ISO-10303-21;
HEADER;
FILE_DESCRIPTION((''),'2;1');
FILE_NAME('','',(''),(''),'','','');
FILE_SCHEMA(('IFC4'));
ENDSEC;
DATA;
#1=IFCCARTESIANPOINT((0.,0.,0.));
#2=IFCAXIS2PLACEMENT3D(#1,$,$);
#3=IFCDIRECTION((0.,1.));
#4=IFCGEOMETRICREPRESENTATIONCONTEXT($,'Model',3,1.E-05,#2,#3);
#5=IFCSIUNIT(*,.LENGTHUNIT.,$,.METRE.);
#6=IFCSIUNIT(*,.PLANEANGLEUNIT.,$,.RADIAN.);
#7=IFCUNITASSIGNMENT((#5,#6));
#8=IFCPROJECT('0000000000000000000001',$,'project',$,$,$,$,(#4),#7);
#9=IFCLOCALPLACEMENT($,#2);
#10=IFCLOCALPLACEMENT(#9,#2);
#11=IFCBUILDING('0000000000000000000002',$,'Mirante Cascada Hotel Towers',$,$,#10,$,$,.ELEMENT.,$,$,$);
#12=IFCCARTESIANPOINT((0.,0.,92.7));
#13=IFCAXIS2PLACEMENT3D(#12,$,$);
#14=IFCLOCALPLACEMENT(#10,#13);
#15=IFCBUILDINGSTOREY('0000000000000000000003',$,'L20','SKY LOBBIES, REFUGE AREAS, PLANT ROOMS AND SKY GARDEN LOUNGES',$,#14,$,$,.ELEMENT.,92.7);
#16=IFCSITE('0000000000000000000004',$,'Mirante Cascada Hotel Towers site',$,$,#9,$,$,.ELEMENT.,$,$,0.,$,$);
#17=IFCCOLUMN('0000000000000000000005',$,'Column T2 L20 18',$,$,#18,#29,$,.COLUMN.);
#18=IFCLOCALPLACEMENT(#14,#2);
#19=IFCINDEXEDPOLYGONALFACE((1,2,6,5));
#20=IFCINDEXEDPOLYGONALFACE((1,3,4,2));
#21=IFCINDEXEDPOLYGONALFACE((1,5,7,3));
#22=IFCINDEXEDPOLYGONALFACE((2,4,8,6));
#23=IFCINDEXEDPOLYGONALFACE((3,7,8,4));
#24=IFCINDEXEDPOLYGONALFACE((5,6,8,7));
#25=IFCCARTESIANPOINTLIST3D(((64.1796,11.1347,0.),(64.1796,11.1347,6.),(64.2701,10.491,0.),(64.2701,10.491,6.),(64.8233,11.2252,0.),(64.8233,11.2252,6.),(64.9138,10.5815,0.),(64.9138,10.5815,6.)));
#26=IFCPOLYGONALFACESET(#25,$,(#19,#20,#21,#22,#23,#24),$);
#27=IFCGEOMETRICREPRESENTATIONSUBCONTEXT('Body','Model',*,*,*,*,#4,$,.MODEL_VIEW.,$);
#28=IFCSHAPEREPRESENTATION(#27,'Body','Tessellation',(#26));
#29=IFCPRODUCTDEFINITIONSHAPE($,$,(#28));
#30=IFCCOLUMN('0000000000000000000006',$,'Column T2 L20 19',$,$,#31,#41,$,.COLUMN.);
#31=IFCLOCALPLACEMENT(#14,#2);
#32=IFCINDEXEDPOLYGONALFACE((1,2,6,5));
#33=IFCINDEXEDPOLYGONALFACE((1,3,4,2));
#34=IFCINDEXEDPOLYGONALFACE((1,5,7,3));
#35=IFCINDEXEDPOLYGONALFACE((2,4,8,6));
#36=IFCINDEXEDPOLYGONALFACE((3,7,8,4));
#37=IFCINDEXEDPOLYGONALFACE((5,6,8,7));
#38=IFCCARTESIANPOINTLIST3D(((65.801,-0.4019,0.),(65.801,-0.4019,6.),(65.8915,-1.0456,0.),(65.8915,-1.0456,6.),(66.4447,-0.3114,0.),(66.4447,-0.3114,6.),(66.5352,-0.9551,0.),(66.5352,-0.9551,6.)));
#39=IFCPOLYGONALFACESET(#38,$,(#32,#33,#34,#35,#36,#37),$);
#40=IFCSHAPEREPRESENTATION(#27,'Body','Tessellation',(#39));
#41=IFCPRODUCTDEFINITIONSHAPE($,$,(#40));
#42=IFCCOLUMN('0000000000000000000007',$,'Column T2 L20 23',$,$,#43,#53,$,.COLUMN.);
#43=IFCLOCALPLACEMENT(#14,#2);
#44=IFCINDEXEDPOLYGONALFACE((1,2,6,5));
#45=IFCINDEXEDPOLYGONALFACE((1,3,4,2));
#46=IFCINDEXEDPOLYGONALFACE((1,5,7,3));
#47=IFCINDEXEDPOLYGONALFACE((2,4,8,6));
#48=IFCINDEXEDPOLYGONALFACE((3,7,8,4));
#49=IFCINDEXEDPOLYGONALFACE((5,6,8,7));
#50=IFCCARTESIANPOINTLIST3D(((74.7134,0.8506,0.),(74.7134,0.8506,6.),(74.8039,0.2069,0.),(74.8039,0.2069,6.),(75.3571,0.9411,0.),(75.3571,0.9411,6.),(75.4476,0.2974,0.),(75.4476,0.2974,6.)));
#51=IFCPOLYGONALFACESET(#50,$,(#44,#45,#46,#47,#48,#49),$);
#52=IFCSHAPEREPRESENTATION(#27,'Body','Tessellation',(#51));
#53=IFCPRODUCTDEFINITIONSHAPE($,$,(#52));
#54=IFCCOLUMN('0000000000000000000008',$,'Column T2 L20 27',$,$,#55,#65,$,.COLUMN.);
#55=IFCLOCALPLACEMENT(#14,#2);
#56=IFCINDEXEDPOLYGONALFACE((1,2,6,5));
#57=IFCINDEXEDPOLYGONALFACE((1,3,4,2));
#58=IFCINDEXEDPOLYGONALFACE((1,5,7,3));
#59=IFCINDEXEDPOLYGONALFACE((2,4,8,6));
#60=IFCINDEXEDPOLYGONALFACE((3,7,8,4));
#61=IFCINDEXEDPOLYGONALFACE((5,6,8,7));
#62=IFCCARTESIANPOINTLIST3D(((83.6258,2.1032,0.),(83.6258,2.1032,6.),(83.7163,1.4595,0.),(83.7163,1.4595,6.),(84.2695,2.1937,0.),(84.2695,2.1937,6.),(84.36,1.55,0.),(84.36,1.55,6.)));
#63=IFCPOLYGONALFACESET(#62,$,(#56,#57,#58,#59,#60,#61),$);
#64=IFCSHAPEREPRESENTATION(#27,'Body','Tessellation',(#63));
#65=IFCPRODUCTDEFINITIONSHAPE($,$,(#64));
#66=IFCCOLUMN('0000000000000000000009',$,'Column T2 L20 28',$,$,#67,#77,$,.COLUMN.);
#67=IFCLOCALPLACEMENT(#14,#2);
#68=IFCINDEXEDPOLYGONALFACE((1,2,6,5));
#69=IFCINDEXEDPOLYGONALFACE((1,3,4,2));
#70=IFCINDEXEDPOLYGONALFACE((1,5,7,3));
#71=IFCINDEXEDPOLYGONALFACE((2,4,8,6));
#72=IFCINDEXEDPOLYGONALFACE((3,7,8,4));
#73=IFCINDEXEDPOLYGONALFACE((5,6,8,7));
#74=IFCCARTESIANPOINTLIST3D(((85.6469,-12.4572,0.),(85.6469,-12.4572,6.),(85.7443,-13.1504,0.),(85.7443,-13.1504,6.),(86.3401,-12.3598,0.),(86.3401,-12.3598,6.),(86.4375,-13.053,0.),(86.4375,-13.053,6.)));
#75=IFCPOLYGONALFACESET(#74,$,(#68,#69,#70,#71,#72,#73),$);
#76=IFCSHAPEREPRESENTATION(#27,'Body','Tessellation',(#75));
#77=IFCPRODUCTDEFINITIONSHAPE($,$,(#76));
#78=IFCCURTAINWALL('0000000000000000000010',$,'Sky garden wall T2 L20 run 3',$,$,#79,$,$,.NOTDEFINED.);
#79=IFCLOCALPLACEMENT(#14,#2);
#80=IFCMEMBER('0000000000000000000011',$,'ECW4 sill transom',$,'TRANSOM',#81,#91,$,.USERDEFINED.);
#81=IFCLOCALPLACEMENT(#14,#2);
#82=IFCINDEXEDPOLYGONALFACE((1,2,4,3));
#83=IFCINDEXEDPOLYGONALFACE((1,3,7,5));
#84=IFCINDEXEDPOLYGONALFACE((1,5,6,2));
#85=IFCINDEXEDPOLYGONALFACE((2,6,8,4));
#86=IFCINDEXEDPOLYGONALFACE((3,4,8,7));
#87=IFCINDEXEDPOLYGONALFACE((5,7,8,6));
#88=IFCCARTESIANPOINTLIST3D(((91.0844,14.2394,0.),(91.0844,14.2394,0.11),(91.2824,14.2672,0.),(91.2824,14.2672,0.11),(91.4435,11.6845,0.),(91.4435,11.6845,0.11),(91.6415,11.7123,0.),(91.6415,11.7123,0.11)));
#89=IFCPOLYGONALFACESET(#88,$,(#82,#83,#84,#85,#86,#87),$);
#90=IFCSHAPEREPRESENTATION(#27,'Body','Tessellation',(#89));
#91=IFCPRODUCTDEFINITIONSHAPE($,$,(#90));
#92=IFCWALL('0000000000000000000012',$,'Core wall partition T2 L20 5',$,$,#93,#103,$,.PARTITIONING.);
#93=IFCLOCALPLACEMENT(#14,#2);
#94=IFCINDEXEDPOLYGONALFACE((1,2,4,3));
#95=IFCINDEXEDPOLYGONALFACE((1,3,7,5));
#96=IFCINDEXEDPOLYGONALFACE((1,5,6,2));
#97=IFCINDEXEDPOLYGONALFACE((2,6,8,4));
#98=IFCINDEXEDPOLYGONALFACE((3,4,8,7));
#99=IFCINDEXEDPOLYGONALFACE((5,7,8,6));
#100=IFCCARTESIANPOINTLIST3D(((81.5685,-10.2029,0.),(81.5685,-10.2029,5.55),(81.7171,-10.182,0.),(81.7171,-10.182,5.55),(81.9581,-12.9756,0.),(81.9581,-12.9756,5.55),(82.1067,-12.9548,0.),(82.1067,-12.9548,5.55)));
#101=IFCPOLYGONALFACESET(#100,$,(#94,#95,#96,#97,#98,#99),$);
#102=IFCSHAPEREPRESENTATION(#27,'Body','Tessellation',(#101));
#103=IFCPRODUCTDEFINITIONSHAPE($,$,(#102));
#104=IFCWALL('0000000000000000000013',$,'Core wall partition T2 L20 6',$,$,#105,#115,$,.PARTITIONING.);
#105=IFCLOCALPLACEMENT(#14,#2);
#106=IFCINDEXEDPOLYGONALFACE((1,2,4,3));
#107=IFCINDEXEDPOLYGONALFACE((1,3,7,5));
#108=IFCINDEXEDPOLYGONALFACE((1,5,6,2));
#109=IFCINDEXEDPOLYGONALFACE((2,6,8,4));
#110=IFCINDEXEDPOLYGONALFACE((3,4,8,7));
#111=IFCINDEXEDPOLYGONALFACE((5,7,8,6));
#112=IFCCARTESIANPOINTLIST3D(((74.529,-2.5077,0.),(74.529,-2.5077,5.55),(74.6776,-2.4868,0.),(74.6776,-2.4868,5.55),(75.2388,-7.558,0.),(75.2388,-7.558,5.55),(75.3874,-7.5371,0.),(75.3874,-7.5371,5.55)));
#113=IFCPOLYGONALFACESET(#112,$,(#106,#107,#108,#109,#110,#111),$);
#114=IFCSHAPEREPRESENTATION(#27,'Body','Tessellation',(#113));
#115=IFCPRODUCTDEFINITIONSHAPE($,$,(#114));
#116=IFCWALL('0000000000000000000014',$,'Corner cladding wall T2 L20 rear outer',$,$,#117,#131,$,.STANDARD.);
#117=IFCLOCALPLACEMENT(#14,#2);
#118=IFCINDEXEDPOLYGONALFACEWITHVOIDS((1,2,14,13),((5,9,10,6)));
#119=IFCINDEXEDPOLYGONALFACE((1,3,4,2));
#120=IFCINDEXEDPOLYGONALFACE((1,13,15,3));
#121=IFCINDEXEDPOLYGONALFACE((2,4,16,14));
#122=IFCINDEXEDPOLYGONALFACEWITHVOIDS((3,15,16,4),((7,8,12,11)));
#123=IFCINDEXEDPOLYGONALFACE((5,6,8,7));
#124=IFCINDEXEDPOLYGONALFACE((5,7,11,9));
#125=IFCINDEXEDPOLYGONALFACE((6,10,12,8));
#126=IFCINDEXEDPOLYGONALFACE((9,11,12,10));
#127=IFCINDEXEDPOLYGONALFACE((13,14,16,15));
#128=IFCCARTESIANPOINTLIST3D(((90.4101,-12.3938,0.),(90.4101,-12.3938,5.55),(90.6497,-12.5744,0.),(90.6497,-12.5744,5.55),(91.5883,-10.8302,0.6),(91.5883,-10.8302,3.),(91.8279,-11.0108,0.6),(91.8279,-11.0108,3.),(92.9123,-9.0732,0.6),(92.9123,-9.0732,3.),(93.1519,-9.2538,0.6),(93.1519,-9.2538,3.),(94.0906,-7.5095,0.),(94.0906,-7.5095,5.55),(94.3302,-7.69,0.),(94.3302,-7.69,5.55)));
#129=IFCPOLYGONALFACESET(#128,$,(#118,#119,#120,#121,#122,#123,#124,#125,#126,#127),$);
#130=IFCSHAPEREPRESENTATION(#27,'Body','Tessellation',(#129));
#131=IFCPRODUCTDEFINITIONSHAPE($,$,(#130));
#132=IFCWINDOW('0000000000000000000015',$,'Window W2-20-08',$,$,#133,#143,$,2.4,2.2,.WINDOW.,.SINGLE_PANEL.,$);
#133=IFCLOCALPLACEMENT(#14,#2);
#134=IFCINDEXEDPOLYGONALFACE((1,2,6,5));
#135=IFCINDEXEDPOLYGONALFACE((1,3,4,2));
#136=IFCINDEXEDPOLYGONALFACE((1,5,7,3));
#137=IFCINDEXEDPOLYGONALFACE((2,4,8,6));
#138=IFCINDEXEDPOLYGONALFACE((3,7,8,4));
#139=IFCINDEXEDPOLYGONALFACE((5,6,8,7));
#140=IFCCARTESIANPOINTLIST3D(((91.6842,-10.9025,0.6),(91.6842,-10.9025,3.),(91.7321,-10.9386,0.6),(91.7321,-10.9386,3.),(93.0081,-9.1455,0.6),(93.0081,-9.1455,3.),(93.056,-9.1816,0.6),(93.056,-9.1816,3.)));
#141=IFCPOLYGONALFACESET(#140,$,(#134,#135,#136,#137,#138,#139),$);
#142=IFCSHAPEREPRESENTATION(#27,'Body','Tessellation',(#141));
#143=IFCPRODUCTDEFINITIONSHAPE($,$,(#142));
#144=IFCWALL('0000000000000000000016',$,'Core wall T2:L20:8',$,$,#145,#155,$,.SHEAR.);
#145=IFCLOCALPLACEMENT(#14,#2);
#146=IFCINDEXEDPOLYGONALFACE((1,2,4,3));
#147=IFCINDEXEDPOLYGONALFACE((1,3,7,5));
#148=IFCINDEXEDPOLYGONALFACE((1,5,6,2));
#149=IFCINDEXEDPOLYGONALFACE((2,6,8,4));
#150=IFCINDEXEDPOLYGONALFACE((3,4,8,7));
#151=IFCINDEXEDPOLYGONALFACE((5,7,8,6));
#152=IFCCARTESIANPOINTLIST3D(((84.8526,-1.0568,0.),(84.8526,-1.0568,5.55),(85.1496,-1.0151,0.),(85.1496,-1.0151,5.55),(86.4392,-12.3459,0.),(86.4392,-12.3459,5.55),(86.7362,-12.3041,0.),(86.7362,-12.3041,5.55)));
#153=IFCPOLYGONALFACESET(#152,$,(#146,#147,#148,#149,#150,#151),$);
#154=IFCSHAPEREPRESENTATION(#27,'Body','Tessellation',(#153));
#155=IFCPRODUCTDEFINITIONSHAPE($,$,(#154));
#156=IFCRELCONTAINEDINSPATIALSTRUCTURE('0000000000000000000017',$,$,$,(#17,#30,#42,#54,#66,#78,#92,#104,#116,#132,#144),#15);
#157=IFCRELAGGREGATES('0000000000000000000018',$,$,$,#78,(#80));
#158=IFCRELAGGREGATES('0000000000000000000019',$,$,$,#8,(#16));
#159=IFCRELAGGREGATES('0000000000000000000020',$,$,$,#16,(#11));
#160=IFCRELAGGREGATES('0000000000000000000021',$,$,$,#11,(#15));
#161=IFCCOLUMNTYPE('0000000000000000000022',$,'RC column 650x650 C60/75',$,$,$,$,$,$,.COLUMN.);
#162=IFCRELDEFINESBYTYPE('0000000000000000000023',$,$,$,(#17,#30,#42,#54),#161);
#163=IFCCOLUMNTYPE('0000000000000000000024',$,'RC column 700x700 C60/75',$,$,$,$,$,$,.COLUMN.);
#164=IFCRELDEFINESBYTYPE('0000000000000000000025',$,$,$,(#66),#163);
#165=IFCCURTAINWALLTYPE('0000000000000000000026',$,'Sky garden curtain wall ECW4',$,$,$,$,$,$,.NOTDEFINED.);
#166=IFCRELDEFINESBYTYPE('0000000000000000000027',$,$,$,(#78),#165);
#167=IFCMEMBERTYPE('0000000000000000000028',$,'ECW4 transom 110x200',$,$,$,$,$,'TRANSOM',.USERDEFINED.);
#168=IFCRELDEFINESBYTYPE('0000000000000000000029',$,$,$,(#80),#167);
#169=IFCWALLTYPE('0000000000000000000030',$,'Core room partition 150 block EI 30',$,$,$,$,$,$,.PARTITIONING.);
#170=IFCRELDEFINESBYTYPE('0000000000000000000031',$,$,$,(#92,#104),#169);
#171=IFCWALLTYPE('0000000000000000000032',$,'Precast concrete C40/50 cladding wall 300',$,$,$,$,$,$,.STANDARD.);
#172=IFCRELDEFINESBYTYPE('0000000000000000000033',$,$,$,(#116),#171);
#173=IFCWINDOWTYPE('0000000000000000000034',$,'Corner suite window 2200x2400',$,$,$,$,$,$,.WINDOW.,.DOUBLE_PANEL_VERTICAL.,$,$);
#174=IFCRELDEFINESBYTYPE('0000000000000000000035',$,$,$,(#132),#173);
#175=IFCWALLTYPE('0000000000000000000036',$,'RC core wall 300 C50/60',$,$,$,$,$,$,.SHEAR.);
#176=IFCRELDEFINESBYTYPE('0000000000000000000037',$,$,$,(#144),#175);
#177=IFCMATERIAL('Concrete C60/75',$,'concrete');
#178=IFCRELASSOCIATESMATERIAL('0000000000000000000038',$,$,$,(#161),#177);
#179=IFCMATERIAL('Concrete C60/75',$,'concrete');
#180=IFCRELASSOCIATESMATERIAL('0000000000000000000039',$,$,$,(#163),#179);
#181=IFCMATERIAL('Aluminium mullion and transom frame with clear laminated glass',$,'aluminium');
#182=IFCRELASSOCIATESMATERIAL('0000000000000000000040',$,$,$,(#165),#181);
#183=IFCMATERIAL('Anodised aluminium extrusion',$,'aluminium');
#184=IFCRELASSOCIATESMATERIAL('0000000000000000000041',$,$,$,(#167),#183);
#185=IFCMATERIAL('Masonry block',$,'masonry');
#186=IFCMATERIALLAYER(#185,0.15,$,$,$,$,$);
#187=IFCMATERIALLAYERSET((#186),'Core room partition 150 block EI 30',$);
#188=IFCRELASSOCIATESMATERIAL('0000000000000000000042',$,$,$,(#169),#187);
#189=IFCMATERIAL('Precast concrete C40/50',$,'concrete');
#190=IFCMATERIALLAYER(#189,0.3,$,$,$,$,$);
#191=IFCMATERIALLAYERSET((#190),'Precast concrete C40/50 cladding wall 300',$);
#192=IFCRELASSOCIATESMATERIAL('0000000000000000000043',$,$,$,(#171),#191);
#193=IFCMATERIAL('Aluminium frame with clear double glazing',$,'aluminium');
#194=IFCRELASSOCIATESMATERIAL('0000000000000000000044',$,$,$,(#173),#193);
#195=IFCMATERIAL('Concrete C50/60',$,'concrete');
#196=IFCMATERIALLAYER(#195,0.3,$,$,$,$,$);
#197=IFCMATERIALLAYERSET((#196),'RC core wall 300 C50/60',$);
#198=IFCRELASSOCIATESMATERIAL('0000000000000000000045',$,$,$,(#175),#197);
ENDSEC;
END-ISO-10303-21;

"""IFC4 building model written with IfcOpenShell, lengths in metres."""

from ifc_helpers import new_model, si_unit, direction, frame, frame_2d, origin, origin_2d, place, context, subcontext, project, spatial, rectangle, extrude, material, layer, layer_set, material_profile, profile_set, type_object, element, fill, aggregate, save


model = new_model("IFC4")

# Units and contexts
model_context = context("Model", 3, precision=1e-05, world=origin(), true_north=direction((0.0, 1.0)))
body_context = subcontext(model_context, "Body", "Model", "MODEL_VIEW")
ifc_project = project(units=[si_unit("LENGTHUNIT", "METRE"), si_unit("PLANEANGLEUNIT", "RADIAN")], contexts=[model_context])

# Site, building, storey
site_placement = place(None, origin())
site = spatial("IfcSite", under=ifc_project, at=site_placement, Name="Mirante Cascada Hotel Towers site", CompositionType="ELEMENT", RefElevation=0.0)
building_placement = place(site_placement, origin())
building = spatial("IfcBuilding", under=site, at=building_placement, Name="Mirante Cascada Hotel Towers", CompositionType="ELEMENT")
storey_placement = place(building_placement, frame((0.0, 0.0, 92.7)))
storey = spatial("IfcBuildingStorey", under=building, at=storey_placement, Name="L20", Description="SKY LOBBIES, REFUGE AREAS, PLANT ROOMS AND SKY GARDEN LOUNGES", CompositionType="ELEMENT", Elevation=92.7)

# Columns
ifc_material_1 = material(Name="Concrete C60/75", Category="concrete")
ifc_material_profile_1 = material_profile(ifc_material_1, rectangle(XDim=0.65, YDim=0.65, at=origin_2d()), Name="RC column 650x650 C60/75")
ifc_profile_set_1 = profile_set([ifc_material_profile_1], Name="Concrete C60/75")
column_type_1 = type_object("IfcColumnType", Name="RC column 650x650 C60/75", PredefinedType="COLUMN", material=ifc_profile_set_1)
for number, where, z_axis, x_axis, name in (
    (1, (64.5467, 10.8581, 0.0), (0.0, 0.0, 1.0), (0.990268, 0.139173, 0.0), "Column T2 L20 18"),
    (2, (66.1681, -0.6785, 0.0), (0.0, 0.0, 1.0), (0.990268, 0.139173, 0.0), "Column T2 L20 19"),
    (3, (75.0805, 0.574, 0.0), (0.0, 0.0, 1.0), (0.990268, 0.139173, 0.0), "Column T2 L20 23"),
    (4, (83.9929, 1.8266, 0.0), (0.0, 0.0, 1.0), (0.990268, 0.139173, 0.0), "Column T2 L20 27"),
):
    element("IfcColumn", number, at=place(storey_placement, frame(where, z_axis=z_axis, x_axis=x_axis)), inside=storey, type_object=column_type_1, Name=name, PredefinedType="COLUMN", context=body_context, shape_type="SweptSolid", body=[
        extrude(rectangle(XDim=0.65, YDim=0.65, at=origin_2d()), origin(), (0.0, 0.0, 1.0), 6.0),
    ])
ifc_material_2 = material(Name="Concrete C60/75", Category="concrete")
ifc_material_profile_2 = material_profile(ifc_material_2, rectangle(XDim=0.7, YDim=0.7, at=origin_2d()), Name="RC column 700x700 C60/75")
ifc_profile_set_2 = profile_set([ifc_material_profile_2], Name="Concrete C60/75")
column_type_2 = type_object("IfcColumnType", Name="RC column 700x700 C60/75", PredefinedType="COLUMN", material=ifc_profile_set_2)
column_placement = place(storey_placement, frame((86.0422, -12.7551, 0.0), z_axis=(0.0, 0.0, 1.0), x_axis=(0.990268, 0.139173, 0.0)))
element("IfcColumn", 5, at=column_placement, inside=storey, type_object=column_type_2, Name="Column T2 L20 28", PredefinedType="COLUMN", context=body_context, shape_type="SweptSolid", body=[
    extrude(rectangle(XDim=0.7, YDim=0.7, at=origin_2d()), origin(), (0.0, 0.0, 1.0), 6.0),
])

# Curtain wall, member
ifc_material_3 = material(Name="Aluminium mullion and transom frame with clear laminated glass", Category="aluminium")
curtain_wall_type = type_object("IfcCurtainWallType", Name="Sky garden curtain wall ECW4", PredefinedType="NOTDEFINED", material=ifc_material_3)
curtain_wall_placement = place(storey_placement, origin())
curtain_wall = element("IfcCurtainWall", 6, at=curtain_wall_placement, inside=storey, type_object=curtain_wall_type, Name="Sky garden wall T2 L20 run 3", PredefinedType="NOTDEFINED")
ifc_material_4 = material(Name="Anodised aluminium extrusion", Category="aluminium")
ifc_material_profile_3 = material_profile(ifc_material_4, rectangle(XDim=0.2, YDim=0.11, at=origin_2d()), Name="ECW4 TRANSOM 110x200")
ifc_profile_set_3 = profile_set([ifc_material_profile_3], Name="Anodised aluminium extrusion")
member_type = type_object("IfcMemberType", Name="ECW4 transom 110x200", ElementType="TRANSOM", PredefinedType="USERDEFINED", material=ifc_profile_set_3)
member_placement = place(storey_placement, frame((91.5425, 11.6984, 0.055), z_axis=(-0.139185, 0.990266, 0.0), x_axis=(-0.990266, -0.139185, 0.0)))
member = element("IfcMember", 7, at=member_placement, type_object=member_type, Name="ECW4 sill transom", ObjectType="TRANSOM", PredefinedType="USERDEFINED", context=body_context, shape_type="SweptSolid", body=[
    extrude(rectangle(XDim=0.2, YDim=0.11, at=origin_2d()), origin(), (0.0, 0.0, 1.0), 2.58),
])
aggregate(curtain_wall, [member])

# Walls
ifc_material_5 = material(Name="Masonry block", Category="masonry")
ifc_layer_1 = layer(ifc_material_5, 0.15)
ifc_layer_set_1 = layer_set([ifc_layer_1], Name="Core room partition 150 block EI 30")
wall_type_1 = type_object("IfcWallType", Name="Core room partition 150 block EI 30", PredefinedType="PARTITIONING", material=ifc_layer_set_1)
wall_1_placement = place(storey_placement, frame((82.0324, -12.9652, 0.0), z_axis=(0.0, 0.0, 1.0), x_axis=(-0.139141, 0.990273, 0.0)))
element("IfcWall", 8, at=wall_1_placement, inside=storey, type_object=wall_type_1, Name="Core wall partition T2 L20 5", PredefinedType="PARTITIONING", context=body_context, shape_type="SweptSolid", body=[
    extrude(rectangle(XDim=2.8, YDim=0.15, at=frame_2d((1.4, 0.0))), origin(), (0.0, 0.0, 1.0), 5.55),
])
wall_2_placement = place(storey_placement, frame((75.3131, -7.5476, 0.0), z_axis=(0.0, 0.0, 1.0), x_axis=(-0.139178, 0.990267, 0.0)))
element("IfcWall", 9, at=wall_2_placement, inside=storey, type_object=wall_type_1, Name="Core wall partition T2 L20 6", PredefinedType="PARTITIONING", context=body_context, shape_type="SweptSolid", body=[
    extrude(rectangle(XDim=5.0999, YDim=0.15, at=frame_2d((2.55, 0.0))), origin(), (0.0, 0.0, 1.0), 5.55),
])

# Wall, opening, window
ifc_material_6 = material(Name="Precast concrete C40/50", Category="concrete")
ifc_layer_2 = layer(ifc_material_6, 0.3)
ifc_layer_set_2 = layer_set([ifc_layer_2], Name="Precast concrete C40/50 cladding wall 300")
wall_type_2 = type_object("IfcWallType", Name="Precast concrete C40/50 cladding wall 300", PredefinedType="STANDARD", material=ifc_layer_set_2)
wall_3_placement = place(storey_placement, frame((90.5299, -12.4841, 0.0), z_axis=(0.0, 0.0, 1.0), x_axis=(0.601806, 0.798642, 0.0)))
wall_3 = element("IfcWall", 10, at=wall_3_placement, inside=storey, type_object=wall_type_2, Name="Corner cladding wall T2 L20 rear outer", PredefinedType="STANDARD", context=body_context, shape_type="SweptSolid", body=[
    extrude(rectangle(XDim=6.1158, YDim=0.3, at=frame_2d((3.0579, 0.0))), origin(), (0.0, 0.0, 1.0), 5.55),
])
opening_1_placement = place(wall_3_placement, frame((1.9578, 0.0, 0.6)))
opening_1 = element("IfcOpeningElement", 11, at=opening_1_placement, cuts=wall_3, PredefinedType="OPENING", context=body_context, shape_type="SweptSolid", body=[
    extrude(rectangle(XDim=2.2, YDim=2.4, at=frame_2d((1.1, 1.2))), frame((0.0, 0.15, 0.0), z_axis=(0.0, -1.0, 0.0), x_axis=(1.0, 0.0, 0.0)), (0.0, 0.0, 1.0), 0.3),
])
ifc_material_7 = material(Name="Aluminium frame with clear double glazing", Category="aluminium")
window_type = type_object("IfcWindowType", Name="Corner suite window 2200x2400", PartitioningType="DOUBLE_PANEL_VERTICAL", PredefinedType="WINDOW", material=ifc_material_7)
window_placement = place(opening_1_placement, origin())
window = element("IfcWindow", 12, at=window_placement, inside=storey, type_object=window_type, Name="Window W2-20-08", OverallHeight=2.4, OverallWidth=2.2, PartitioningType="SINGLE_PANEL", PredefinedType="WINDOW", context=body_context, shape_type="SweptSolid", body=[
    extrude(rectangle(XDim=2.2, YDim=2.4, at=frame_2d((1.1, 1.2))), frame((0.0, 0.03, 0.0), z_axis=(0.0, -1.0, 0.0), x_axis=(1.0, 0.0, 0.0)), (0.0, 0.0, 1.0), 0.06),
])
fill(opening_1, window)

# Wall
ifc_material_8 = material(Name="Concrete C50/60", Category="concrete")
ifc_layer_3 = layer(ifc_material_8, 0.3)
ifc_layer_set_3 = layer_set([ifc_layer_3], Name="RC core wall 300 C50/60")
wall_type_3 = type_object("IfcWallType", Name="RC core wall 300 C50/60", PredefinedType="SHEAR", material=ifc_layer_set_3)
wall_4_placement = place(storey_placement, frame((86.5877, -12.325, 0.0), z_axis=(0.0, 0.0, 1.0), x_axis=(-0.139175, 0.990268, 0.0)))
element("IfcWall", 13, at=wall_4_placement, inside=storey, type_object=wall_type_3, Name="Core wall T2:L20:8", PredefinedType="SHEAR", context=body_context, shape_type="SweptSolid", body=[
    extrude(rectangle(XDim=11.4, YDim=0.3, at=frame_2d((5.7, 0.0))), origin(), (0.0, 0.0, 1.0), 5.55),
])

save(model, "model.ifc")
